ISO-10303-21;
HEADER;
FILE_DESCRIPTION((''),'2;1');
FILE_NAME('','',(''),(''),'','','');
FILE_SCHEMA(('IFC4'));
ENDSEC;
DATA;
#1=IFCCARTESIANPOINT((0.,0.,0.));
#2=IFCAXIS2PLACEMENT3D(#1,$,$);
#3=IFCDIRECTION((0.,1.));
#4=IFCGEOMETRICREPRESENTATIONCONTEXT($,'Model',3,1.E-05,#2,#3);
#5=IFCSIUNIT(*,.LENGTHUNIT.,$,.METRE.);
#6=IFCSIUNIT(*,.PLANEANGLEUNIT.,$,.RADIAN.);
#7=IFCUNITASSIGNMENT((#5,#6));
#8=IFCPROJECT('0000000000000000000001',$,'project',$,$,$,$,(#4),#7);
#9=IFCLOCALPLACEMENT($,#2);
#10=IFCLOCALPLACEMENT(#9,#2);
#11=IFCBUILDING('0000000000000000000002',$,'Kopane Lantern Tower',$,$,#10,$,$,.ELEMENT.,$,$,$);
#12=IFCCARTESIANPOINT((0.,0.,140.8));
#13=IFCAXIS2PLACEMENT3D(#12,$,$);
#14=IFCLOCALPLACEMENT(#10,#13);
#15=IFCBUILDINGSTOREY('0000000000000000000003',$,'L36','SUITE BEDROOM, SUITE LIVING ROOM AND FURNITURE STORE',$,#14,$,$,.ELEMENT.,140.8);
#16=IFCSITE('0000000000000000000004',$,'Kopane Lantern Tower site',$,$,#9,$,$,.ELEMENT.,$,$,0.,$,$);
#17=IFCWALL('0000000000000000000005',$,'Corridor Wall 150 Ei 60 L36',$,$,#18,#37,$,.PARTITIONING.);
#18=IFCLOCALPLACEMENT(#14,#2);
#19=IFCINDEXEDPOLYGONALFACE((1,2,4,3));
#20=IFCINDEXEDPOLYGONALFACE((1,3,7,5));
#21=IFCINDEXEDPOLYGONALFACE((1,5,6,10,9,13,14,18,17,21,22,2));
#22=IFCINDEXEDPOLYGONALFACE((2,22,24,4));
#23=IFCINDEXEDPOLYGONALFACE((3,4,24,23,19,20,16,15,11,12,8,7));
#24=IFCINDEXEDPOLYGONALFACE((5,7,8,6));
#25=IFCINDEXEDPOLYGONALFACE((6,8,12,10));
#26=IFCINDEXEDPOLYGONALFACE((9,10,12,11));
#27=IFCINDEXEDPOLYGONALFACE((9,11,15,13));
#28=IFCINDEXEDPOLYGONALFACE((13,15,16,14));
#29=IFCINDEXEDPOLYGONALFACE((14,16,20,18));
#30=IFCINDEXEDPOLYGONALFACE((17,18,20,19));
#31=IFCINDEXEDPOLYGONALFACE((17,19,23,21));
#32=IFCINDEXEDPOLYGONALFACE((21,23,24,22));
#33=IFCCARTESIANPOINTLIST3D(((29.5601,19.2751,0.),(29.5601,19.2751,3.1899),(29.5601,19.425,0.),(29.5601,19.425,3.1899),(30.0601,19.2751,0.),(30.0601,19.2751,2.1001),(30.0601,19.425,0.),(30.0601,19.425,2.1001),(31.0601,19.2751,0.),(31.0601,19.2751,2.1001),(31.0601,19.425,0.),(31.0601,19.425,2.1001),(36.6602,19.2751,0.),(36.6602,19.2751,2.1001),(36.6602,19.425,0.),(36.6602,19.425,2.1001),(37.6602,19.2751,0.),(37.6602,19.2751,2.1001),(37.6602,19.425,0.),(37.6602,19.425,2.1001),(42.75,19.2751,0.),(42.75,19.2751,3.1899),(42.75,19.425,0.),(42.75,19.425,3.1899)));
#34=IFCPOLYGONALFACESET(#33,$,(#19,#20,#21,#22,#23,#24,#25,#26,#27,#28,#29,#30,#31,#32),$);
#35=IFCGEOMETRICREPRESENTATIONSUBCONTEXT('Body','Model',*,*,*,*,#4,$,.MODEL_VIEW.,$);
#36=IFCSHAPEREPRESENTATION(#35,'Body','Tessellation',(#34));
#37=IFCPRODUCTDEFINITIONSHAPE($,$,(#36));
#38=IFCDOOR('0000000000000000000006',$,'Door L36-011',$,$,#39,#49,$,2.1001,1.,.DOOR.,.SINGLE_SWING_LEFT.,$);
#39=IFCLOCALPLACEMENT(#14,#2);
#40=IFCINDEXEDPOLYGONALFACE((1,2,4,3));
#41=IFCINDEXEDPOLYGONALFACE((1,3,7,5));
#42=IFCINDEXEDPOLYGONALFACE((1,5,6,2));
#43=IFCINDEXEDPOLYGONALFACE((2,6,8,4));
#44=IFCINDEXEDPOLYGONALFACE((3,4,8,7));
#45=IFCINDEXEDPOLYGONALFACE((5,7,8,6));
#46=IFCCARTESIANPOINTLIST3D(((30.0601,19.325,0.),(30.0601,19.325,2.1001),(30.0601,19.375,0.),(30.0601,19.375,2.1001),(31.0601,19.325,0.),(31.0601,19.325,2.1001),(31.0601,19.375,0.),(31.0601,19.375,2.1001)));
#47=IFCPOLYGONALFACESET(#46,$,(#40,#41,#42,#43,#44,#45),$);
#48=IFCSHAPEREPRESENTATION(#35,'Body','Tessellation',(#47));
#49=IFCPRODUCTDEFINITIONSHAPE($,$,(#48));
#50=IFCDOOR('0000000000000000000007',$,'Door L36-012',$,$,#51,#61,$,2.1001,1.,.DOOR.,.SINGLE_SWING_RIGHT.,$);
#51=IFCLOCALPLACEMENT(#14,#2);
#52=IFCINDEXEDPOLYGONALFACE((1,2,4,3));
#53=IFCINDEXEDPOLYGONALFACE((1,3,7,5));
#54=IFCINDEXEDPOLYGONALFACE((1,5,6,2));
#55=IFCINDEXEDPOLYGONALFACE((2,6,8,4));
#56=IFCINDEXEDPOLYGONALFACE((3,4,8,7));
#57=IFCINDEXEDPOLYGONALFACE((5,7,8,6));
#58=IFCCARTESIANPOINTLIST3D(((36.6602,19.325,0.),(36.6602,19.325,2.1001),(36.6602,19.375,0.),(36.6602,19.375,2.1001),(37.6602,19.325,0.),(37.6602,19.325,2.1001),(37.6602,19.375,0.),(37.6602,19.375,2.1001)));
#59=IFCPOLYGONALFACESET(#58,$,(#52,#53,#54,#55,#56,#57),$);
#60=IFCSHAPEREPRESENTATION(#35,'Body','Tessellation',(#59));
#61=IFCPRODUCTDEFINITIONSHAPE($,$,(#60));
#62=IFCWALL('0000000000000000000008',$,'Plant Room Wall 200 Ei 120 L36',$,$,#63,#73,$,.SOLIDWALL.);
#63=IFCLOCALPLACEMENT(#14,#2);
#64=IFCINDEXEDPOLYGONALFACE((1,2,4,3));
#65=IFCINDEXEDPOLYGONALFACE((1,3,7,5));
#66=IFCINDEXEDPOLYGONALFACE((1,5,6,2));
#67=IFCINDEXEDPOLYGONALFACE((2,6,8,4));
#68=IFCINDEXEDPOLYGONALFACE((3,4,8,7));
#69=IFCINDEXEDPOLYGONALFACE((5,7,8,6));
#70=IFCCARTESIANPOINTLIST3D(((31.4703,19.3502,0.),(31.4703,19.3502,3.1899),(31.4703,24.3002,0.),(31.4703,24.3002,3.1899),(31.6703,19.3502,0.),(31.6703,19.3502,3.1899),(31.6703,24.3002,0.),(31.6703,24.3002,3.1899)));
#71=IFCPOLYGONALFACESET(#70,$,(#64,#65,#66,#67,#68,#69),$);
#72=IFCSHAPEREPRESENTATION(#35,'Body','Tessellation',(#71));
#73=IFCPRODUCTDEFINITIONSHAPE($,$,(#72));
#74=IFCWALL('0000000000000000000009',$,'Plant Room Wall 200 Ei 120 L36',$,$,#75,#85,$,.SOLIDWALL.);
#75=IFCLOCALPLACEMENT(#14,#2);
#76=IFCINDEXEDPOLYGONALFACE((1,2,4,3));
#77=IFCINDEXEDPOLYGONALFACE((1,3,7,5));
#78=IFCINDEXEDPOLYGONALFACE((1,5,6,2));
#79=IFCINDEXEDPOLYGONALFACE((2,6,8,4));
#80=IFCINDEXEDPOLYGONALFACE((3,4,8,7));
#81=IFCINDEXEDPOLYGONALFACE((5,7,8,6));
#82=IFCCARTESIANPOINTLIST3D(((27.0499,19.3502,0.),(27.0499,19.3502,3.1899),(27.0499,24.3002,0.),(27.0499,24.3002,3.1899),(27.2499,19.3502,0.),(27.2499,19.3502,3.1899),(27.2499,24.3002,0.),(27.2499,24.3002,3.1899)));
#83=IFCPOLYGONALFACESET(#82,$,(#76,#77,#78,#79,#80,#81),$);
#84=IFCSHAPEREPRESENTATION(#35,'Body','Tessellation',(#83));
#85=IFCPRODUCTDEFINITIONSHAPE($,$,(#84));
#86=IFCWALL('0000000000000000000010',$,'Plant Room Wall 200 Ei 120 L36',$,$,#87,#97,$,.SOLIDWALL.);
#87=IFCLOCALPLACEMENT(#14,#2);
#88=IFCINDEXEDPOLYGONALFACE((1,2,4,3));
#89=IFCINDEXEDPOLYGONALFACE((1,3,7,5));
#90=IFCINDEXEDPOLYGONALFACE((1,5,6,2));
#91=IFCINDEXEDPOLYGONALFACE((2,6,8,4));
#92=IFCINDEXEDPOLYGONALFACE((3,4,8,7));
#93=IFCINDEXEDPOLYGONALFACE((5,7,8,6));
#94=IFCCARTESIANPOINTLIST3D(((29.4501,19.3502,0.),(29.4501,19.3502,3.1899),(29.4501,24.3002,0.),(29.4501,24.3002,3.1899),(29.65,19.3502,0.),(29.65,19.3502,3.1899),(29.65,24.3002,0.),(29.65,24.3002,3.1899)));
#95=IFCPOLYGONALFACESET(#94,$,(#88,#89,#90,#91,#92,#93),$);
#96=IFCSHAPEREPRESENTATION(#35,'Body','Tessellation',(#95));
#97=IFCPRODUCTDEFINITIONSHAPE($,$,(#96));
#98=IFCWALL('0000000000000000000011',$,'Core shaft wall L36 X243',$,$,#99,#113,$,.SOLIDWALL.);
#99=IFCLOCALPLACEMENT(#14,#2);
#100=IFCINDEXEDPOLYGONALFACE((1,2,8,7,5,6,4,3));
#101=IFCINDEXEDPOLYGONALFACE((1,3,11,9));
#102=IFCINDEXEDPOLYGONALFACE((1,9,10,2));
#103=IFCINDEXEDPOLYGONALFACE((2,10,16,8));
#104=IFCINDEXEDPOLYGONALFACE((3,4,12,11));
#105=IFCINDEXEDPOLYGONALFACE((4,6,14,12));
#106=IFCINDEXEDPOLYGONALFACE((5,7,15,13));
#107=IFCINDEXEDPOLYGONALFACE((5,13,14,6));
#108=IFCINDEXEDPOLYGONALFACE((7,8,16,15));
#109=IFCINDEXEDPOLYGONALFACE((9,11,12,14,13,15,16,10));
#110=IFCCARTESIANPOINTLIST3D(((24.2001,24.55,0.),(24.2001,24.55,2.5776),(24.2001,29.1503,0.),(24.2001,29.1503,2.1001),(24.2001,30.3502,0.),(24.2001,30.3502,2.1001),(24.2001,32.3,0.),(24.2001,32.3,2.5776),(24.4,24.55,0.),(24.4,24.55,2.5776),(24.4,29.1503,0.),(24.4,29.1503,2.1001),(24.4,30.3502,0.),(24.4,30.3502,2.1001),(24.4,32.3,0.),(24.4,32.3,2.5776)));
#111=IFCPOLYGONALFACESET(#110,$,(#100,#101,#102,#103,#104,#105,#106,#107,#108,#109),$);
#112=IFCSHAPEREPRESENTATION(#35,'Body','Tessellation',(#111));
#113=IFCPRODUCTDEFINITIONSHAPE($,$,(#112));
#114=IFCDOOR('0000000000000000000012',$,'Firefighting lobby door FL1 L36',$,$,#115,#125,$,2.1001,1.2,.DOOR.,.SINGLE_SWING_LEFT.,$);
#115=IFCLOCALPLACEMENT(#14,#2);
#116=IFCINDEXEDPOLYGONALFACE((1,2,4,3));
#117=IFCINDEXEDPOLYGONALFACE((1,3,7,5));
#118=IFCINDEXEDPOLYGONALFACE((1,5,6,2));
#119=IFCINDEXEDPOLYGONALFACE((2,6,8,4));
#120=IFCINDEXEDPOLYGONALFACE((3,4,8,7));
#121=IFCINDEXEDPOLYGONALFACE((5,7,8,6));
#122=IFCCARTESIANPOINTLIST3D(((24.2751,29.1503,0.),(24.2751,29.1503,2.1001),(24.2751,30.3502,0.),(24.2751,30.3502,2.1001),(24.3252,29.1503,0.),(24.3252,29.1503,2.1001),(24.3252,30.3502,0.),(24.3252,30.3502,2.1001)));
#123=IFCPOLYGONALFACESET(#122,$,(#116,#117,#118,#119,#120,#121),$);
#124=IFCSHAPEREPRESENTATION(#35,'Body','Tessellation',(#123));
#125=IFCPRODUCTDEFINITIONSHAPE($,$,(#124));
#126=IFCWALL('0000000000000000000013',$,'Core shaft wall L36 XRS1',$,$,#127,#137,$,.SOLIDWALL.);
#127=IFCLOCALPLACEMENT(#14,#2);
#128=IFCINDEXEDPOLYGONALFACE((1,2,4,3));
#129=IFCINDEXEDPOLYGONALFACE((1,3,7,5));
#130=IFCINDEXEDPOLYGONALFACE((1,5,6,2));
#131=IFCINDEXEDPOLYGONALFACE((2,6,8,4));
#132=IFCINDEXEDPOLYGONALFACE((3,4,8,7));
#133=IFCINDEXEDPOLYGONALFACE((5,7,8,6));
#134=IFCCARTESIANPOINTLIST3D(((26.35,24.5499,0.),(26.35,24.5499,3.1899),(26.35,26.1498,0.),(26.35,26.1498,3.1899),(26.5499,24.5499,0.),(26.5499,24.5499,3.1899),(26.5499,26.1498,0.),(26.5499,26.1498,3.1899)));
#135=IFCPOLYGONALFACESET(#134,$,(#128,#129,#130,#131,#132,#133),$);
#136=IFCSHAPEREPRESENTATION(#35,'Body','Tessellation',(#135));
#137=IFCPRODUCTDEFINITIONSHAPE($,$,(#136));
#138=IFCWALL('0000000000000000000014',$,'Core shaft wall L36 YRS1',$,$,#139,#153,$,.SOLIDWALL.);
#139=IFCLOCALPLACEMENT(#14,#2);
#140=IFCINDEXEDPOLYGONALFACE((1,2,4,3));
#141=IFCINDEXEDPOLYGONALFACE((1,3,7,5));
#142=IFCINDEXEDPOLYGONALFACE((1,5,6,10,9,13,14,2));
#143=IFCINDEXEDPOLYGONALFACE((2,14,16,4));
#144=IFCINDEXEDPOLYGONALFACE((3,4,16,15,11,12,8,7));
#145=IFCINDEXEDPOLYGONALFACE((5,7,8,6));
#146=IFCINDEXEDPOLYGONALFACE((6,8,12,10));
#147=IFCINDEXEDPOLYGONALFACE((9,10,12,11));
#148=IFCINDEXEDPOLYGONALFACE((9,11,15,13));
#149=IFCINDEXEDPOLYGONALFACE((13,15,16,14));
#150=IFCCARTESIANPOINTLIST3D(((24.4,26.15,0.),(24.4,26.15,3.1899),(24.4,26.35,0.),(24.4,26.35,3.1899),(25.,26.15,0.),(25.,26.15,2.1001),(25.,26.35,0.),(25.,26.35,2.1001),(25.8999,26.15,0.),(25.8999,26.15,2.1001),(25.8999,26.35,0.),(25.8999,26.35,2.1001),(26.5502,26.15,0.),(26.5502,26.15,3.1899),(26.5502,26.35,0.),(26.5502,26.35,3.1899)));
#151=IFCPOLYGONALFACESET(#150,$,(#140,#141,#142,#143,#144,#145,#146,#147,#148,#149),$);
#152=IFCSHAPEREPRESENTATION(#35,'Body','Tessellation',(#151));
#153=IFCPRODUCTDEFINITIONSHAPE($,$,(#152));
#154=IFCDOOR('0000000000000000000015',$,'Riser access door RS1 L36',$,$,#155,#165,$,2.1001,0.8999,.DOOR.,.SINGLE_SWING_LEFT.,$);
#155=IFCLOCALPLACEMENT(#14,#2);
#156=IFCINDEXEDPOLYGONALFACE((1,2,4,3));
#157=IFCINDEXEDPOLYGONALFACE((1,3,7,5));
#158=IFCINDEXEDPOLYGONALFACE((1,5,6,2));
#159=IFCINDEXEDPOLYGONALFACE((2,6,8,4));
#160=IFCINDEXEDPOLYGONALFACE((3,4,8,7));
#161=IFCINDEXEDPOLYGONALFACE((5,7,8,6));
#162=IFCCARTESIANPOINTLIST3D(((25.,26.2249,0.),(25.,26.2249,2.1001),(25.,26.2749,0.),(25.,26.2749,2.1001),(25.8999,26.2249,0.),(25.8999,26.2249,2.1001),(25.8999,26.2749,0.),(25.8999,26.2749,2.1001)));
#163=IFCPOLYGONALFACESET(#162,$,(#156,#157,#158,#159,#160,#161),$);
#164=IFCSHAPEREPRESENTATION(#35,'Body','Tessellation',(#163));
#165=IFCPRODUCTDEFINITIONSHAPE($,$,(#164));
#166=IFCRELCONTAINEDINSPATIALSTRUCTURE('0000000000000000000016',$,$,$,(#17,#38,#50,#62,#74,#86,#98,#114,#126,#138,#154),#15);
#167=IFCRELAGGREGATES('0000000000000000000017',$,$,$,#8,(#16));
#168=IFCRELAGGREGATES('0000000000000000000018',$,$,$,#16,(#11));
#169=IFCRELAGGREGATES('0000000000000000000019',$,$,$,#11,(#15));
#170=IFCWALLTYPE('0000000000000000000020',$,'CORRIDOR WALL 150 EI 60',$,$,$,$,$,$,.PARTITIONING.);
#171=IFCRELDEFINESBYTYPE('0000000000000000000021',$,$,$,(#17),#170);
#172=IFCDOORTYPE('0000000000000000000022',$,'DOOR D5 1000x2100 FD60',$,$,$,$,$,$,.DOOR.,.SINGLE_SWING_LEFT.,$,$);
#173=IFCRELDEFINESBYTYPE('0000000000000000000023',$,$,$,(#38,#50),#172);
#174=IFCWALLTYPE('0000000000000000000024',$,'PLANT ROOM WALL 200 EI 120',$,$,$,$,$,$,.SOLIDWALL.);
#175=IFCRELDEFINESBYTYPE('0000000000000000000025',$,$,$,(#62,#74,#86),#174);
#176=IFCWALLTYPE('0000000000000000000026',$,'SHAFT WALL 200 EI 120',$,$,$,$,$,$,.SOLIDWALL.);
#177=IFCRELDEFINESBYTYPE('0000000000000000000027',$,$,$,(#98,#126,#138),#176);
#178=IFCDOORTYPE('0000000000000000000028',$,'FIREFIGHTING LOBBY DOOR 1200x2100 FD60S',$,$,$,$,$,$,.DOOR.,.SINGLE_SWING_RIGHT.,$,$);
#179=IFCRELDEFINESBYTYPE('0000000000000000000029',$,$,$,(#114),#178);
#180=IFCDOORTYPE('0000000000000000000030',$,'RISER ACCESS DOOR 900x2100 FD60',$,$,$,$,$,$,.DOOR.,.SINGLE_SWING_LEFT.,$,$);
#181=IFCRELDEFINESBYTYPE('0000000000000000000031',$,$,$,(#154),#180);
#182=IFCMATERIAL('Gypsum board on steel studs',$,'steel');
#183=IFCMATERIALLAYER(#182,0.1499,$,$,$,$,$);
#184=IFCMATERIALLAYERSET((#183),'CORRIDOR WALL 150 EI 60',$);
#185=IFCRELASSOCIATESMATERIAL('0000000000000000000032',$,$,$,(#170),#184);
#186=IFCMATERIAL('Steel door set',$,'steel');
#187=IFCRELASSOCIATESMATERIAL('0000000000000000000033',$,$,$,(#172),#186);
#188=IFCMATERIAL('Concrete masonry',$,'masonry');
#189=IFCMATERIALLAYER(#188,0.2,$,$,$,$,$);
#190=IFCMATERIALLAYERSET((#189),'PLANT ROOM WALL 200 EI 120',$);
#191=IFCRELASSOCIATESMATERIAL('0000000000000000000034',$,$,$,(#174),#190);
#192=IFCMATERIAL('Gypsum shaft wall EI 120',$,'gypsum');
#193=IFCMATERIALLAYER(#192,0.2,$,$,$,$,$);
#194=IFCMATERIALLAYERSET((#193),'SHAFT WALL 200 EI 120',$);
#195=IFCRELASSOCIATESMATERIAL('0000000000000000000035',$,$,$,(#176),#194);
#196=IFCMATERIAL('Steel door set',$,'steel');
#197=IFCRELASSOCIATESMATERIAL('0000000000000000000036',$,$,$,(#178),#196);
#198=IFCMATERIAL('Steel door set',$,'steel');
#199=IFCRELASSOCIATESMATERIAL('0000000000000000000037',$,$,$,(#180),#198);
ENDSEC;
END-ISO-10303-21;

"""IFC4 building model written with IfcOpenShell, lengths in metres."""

from ifc_helpers import new_model, si_unit, direction, frame, frame_2d, origin, place, context, subcontext, project, spatial, rectangle, extrude, material, layer, layer_set, type_object, element, fill, save


model = new_model("IFC4")

# Units and contexts
model_context = context("Model", 3, precision=1e-05, world=origin(), true_north=direction((0.0, 1.0)))
body_context = subcontext(model_context, "Body", "Model", "MODEL_VIEW")
ifc_project = project(units=[si_unit("LENGTHUNIT", "METRE"), si_unit("PLANEANGLEUNIT", "RADIAN")], contexts=[model_context])

# Site, building, storey
site_placement = place(None, origin())
site = spatial("IfcSite", under=ifc_project, at=site_placement, Name="Kopane Lantern Tower site", CompositionType="ELEMENT", RefElevation=0.0)
building_placement = place(site_placement, origin())
building = spatial("IfcBuilding", under=site, at=building_placement, Name="Kopane Lantern Tower", CompositionType="ELEMENT")
storey_placement = place(building_placement, frame((0.0, 0.0, 140.8)))
storey = spatial("IfcBuildingStorey", under=building, at=storey_placement, Name="L36", Description="SUITE BEDROOM, SUITE LIVING ROOM AND FURNITURE STORE", CompositionType="ELEMENT", Elevation=140.8)

# Wall, openings, doors
ifc_material_1 = material(Name="Gypsum board on steel studs", Category="steel")
ifc_layer_1 = layer(ifc_material_1, 0.1499)
ifc_layer_set_1 = layer_set([ifc_layer_1], Name="CORRIDOR WALL 150 EI 60")
wall_type_1 = type_object("IfcWallType", Name="CORRIDOR WALL 150 EI 60", PredefinedType="PARTITIONING", material=ifc_layer_set_1)
wall_1_placement = place(storey_placement, frame((29.5601, 19.3501, 0.0), z_axis=(0.0, 0.0, 1.0), x_axis=(1.0, 0.0, 0.0)))
wall_1 = element("IfcWall", 1, at=wall_1_placement, inside=storey, type_object=wall_type_1, Name="Corridor Wall 150 Ei 60 L36", PredefinedType="PARTITIONING", context=body_context, shape_type="SweptSolid", body=[
    extrude(rectangle(XDim=13.1899, YDim=0.1499, at=frame_2d((6.595, 0.0))), origin(), (0.0, 0.0, 1.0), 3.1899),
])
opening_1_placement = place(wall_1_placement, frame((0.5, 0.0, 0.0)))
opening_1 = element("IfcOpeningElement", 2, at=opening_1_placement, cuts=wall_1, PredefinedType="OPENING", context=body_context, shape_type="SweptSolid", body=[
    extrude(rectangle(XDim=1.0, YDim=2.1001, at=frame_2d((0.5, 1.05))), frame((0.0, 0.085, 0.0), z_axis=(0.0, -1.0, 0.0), x_axis=(1.0, 0.0, 0.0)), (0.0, 0.0, 1.0), 0.1699),
])
opening_2_placement = place(wall_1_placement, frame((7.1001, 0.0, 0.0)))
opening_2 = element("IfcOpeningElement", 3, at=opening_2_placement, cuts=wall_1, PredefinedType="OPENING", context=body_context, shape_type="SweptSolid", body=[
    extrude(rectangle(XDim=1.0, YDim=2.1001, at=frame_2d((0.5, 1.05))), frame((0.0, 0.085, 0.0), z_axis=(0.0, -1.0, 0.0), x_axis=(1.0, 0.0, 0.0)), (0.0, 0.0, 1.0), 0.1699),
])
ifc_material_2 = material(Name="Steel door set", Category="steel")
door_type_1 = type_object("IfcDoorType", Name="DOOR D5 1000x2100 FD60", OperationType="SINGLE_SWING_LEFT", PredefinedType="DOOR", material=ifc_material_2)
door_1_placement = place(opening_1_placement, origin())
door_1 = element("IfcDoor", 4, at=door_1_placement, inside=storey, type_object=door_type_1, Name="Door L36-011", OperationType="SINGLE_SWING_LEFT", OverallHeight=2.1001, OverallWidth=1.0, PredefinedType="DOOR", context=body_context, shape_type="SweptSolid", body=[
    extrude(rectangle(XDim=1.0, YDim=2.1001, at=frame_2d((0.5, 1.05))), frame((0.0, 0.0249, 0.0), z_axis=(0.0, -1.0, 0.0), x_axis=(1.0, 0.0, 0.0)), (0.0, 0.0, 1.0), 0.05),
])
fill(opening_1, door_1)
door_2_placement = place(opening_2_placement, origin())
door_2 = element("IfcDoor", 5, at=door_2_placement, inside=storey, type_object=door_type_1, Name="Door L36-012", OperationType="SINGLE_SWING_RIGHT", OverallHeight=2.1001, OverallWidth=1.0, PredefinedType="DOOR", context=body_context, shape_type="SweptSolid", body=[
    extrude(rectangle(XDim=1.0, YDim=2.1001, at=frame_2d((0.5, 1.05))), frame((0.0, 0.0249, 0.0), z_axis=(0.0, -1.0, 0.0), x_axis=(1.0, 0.0, 0.0)), (0.0, 0.0, 1.0), 0.05),
])
fill(opening_2, door_2)

# Walls
ifc_material_3 = material(Name="Concrete masonry", Category="masonry")
ifc_layer_2 = layer(ifc_material_3, 0.2)
ifc_layer_set_2 = layer_set([ifc_layer_2], Name="PLANT ROOM WALL 200 EI 120")
wall_type_2 = type_object("IfcWallType", Name="PLANT ROOM WALL 200 EI 120", PredefinedType="SOLIDWALL", material=ifc_layer_set_2)
for number, where, z_axis, x_axis, name in (
    (6, (31.5703, 19.3501, 0.0), (0.0, 0.0, 1.0), (0.0, 1.0, 0.0), "Plant Room Wall 200 Ei 120 L36"),
    (7, (27.1499, 19.3501, 0.0), (0.0, 0.0, 1.0), (0.0, 1.0, 0.0), "Plant Room Wall 200 Ei 120 L36"),
    (8, (29.55, 19.3501, 0.0), (0.0, 0.0, 1.0), (0.0, 1.0, 0.0), "Plant Room Wall 200 Ei 120 L36"),
):
    element("IfcWall", number, at=place(storey_placement, frame(where, z_axis=z_axis, x_axis=x_axis)), inside=storey, type_object=wall_type_2, Name=name, PredefinedType="SOLIDWALL", context=body_context, shape_type="SweptSolid", body=[
        extrude(rectangle(XDim=4.95, YDim=0.2, at=frame_2d((2.4751, 0.0))), origin(), (0.0, 0.0, 1.0), 3.1899),
    ])

# Wall, opening, door
ifc_material_4 = material(Name="Gypsum shaft wall EI 120", Category="gypsum")
ifc_layer_3 = layer(ifc_material_4, 0.2)
ifc_layer_set_3 = layer_set([ifc_layer_3], Name="SHAFT WALL 200 EI 120")
wall_type_3 = type_object("IfcWallType", Name="SHAFT WALL 200 EI 120", PredefinedType="SOLIDWALL", material=ifc_layer_set_3)
wall_2_placement = place(storey_placement, frame((24.3, 24.55, 0.0), z_axis=(0.0, 0.0, 1.0), x_axis=(0.0, 1.0, 0.0)))
wall_2 = element("IfcWall", 9, at=wall_2_placement, inside=storey, type_object=wall_type_3, Name="Core shaft wall L36 X243", PredefinedType="SOLIDWALL", context=body_context, shape_type="SweptSolid", body=[
    extrude(rectangle(XDim=7.75, YDim=0.2, at=frame_2d((3.875, 0.0))), origin(), (0.0, 0.0, 1.0), 2.5776),
])
opening_3_placement = place(wall_2_placement, frame((4.6001, 0.0, 0.0)))
opening_3 = element("IfcOpeningElement", 10, at=opening_3_placement, cuts=wall_2, PredefinedType="OPENING", context=body_context, shape_type="SweptSolid", body=[
    extrude(rectangle(XDim=1.2, YDim=2.1001, at=frame_2d((0.6001, 1.05))), frame((0.0, 0.1099, 0.0), z_axis=(0.0, -1.0, 0.0), x_axis=(1.0, 0.0, 0.0)), (0.0, 0.0, 1.0), 0.22),
])
ifc_material_5 = material(Name="Steel door set", Category="steel")
door_type_2 = type_object("IfcDoorType", Name="FIREFIGHTING LOBBY DOOR 1200x2100 FD60S", OperationType="SINGLE_SWING_RIGHT", PredefinedType="DOOR", material=ifc_material_5)
door_3_placement = place(opening_3_placement, origin())
door_3 = element("IfcDoor", 11, at=door_3_placement, inside=storey, type_object=door_type_2, Name="Firefighting lobby door FL1 L36", OperationType="SINGLE_SWING_LEFT", OverallHeight=2.1001, OverallWidth=1.2, PredefinedType="DOOR", context=body_context, shape_type="SweptSolid", body=[
    extrude(rectangle(XDim=1.2, YDim=2.1001, at=frame_2d((0.6001, 1.05))), frame((0.0, 0.0249, 0.0), z_axis=(0.0, -1.0, 0.0), x_axis=(1.0, 0.0, 0.0)), (0.0, 0.0, 1.0), 0.05),
])
fill(opening_3, door_3)

# Wall
wall_3_placement = place(storey_placement, frame((26.45, 24.55, 0.0), z_axis=(0.0, 0.0, 1.0), x_axis=(0.0, 1.0, 0.0)))
element("IfcWall", 12, at=wall_3_placement, inside=storey, type_object=wall_type_3, Name="Core shaft wall L36 XRS1", PredefinedType="SOLIDWALL", context=body_context, shape_type="SweptSolid", body=[
    extrude(rectangle(XDim=1.5999, YDim=0.2, at=frame_2d((0.7998, 0.0))), origin(), (0.0, 0.0, 1.0), 3.1899),
])

# Wall, opening, door
wall_4_placement = place(storey_placement, frame((24.3999, 26.25, 0.0), z_axis=(0.0, 0.0, 1.0), x_axis=(1.0, 0.0, 0.0)))
wall_4 = element("IfcWall", 13, at=wall_4_placement, inside=storey, type_object=wall_type_3, Name="Core shaft wall L36 YRS1", PredefinedType="SOLIDWALL", context=body_context, shape_type="SweptSolid", body=[
    extrude(rectangle(XDim=2.1501, YDim=0.2, at=frame_2d((1.0752, 0.0))), origin(), (0.0, 0.0, 1.0), 3.1899),
])
opening_4_placement = place(wall_4_placement, frame((0.6001, 0.0, 0.0)))
opening_4 = element("IfcOpeningElement", 14, at=opening_4_placement, cuts=wall_4, PredefinedType="OPENING", context=body_context, shape_type="SweptSolid", body=[
    extrude(rectangle(XDim=0.8999, YDim=2.1001, at=frame_2d((0.45, 1.05))), frame((0.0, 0.1099, 0.0), z_axis=(0.0, -1.0, 0.0), x_axis=(1.0, 0.0, 0.0)), (0.0, 0.0, 1.0), 0.22),
])
ifc_material_6 = material(Name="Steel door set", Category="steel")
door_type_3 = type_object("IfcDoorType", Name="RISER ACCESS DOOR 900x2100 FD60", OperationType="SINGLE_SWING_LEFT", PredefinedType="DOOR", material=ifc_material_6)
door_4_placement = place(opening_4_placement, origin())
door_4 = element("IfcDoor", 15, at=door_4_placement, inside=storey, type_object=door_type_3, Name="Riser access door RS1 L36", OperationType="SINGLE_SWING_LEFT", OverallHeight=2.1001, OverallWidth=0.8999, PredefinedType="DOOR", context=body_context, shape_type="SweptSolid", body=[
    extrude(rectangle(XDim=0.8999, YDim=2.1001, at=frame_2d((0.45, 1.05))), frame((0.0, 0.0249, 0.0), z_axis=(0.0, -1.0, 0.0), x_axis=(1.0, 0.0, 0.0)), (0.0, 0.0, 1.0), 0.05),
])
fill(opening_4, door_4)

save(model, "model.ifc")
